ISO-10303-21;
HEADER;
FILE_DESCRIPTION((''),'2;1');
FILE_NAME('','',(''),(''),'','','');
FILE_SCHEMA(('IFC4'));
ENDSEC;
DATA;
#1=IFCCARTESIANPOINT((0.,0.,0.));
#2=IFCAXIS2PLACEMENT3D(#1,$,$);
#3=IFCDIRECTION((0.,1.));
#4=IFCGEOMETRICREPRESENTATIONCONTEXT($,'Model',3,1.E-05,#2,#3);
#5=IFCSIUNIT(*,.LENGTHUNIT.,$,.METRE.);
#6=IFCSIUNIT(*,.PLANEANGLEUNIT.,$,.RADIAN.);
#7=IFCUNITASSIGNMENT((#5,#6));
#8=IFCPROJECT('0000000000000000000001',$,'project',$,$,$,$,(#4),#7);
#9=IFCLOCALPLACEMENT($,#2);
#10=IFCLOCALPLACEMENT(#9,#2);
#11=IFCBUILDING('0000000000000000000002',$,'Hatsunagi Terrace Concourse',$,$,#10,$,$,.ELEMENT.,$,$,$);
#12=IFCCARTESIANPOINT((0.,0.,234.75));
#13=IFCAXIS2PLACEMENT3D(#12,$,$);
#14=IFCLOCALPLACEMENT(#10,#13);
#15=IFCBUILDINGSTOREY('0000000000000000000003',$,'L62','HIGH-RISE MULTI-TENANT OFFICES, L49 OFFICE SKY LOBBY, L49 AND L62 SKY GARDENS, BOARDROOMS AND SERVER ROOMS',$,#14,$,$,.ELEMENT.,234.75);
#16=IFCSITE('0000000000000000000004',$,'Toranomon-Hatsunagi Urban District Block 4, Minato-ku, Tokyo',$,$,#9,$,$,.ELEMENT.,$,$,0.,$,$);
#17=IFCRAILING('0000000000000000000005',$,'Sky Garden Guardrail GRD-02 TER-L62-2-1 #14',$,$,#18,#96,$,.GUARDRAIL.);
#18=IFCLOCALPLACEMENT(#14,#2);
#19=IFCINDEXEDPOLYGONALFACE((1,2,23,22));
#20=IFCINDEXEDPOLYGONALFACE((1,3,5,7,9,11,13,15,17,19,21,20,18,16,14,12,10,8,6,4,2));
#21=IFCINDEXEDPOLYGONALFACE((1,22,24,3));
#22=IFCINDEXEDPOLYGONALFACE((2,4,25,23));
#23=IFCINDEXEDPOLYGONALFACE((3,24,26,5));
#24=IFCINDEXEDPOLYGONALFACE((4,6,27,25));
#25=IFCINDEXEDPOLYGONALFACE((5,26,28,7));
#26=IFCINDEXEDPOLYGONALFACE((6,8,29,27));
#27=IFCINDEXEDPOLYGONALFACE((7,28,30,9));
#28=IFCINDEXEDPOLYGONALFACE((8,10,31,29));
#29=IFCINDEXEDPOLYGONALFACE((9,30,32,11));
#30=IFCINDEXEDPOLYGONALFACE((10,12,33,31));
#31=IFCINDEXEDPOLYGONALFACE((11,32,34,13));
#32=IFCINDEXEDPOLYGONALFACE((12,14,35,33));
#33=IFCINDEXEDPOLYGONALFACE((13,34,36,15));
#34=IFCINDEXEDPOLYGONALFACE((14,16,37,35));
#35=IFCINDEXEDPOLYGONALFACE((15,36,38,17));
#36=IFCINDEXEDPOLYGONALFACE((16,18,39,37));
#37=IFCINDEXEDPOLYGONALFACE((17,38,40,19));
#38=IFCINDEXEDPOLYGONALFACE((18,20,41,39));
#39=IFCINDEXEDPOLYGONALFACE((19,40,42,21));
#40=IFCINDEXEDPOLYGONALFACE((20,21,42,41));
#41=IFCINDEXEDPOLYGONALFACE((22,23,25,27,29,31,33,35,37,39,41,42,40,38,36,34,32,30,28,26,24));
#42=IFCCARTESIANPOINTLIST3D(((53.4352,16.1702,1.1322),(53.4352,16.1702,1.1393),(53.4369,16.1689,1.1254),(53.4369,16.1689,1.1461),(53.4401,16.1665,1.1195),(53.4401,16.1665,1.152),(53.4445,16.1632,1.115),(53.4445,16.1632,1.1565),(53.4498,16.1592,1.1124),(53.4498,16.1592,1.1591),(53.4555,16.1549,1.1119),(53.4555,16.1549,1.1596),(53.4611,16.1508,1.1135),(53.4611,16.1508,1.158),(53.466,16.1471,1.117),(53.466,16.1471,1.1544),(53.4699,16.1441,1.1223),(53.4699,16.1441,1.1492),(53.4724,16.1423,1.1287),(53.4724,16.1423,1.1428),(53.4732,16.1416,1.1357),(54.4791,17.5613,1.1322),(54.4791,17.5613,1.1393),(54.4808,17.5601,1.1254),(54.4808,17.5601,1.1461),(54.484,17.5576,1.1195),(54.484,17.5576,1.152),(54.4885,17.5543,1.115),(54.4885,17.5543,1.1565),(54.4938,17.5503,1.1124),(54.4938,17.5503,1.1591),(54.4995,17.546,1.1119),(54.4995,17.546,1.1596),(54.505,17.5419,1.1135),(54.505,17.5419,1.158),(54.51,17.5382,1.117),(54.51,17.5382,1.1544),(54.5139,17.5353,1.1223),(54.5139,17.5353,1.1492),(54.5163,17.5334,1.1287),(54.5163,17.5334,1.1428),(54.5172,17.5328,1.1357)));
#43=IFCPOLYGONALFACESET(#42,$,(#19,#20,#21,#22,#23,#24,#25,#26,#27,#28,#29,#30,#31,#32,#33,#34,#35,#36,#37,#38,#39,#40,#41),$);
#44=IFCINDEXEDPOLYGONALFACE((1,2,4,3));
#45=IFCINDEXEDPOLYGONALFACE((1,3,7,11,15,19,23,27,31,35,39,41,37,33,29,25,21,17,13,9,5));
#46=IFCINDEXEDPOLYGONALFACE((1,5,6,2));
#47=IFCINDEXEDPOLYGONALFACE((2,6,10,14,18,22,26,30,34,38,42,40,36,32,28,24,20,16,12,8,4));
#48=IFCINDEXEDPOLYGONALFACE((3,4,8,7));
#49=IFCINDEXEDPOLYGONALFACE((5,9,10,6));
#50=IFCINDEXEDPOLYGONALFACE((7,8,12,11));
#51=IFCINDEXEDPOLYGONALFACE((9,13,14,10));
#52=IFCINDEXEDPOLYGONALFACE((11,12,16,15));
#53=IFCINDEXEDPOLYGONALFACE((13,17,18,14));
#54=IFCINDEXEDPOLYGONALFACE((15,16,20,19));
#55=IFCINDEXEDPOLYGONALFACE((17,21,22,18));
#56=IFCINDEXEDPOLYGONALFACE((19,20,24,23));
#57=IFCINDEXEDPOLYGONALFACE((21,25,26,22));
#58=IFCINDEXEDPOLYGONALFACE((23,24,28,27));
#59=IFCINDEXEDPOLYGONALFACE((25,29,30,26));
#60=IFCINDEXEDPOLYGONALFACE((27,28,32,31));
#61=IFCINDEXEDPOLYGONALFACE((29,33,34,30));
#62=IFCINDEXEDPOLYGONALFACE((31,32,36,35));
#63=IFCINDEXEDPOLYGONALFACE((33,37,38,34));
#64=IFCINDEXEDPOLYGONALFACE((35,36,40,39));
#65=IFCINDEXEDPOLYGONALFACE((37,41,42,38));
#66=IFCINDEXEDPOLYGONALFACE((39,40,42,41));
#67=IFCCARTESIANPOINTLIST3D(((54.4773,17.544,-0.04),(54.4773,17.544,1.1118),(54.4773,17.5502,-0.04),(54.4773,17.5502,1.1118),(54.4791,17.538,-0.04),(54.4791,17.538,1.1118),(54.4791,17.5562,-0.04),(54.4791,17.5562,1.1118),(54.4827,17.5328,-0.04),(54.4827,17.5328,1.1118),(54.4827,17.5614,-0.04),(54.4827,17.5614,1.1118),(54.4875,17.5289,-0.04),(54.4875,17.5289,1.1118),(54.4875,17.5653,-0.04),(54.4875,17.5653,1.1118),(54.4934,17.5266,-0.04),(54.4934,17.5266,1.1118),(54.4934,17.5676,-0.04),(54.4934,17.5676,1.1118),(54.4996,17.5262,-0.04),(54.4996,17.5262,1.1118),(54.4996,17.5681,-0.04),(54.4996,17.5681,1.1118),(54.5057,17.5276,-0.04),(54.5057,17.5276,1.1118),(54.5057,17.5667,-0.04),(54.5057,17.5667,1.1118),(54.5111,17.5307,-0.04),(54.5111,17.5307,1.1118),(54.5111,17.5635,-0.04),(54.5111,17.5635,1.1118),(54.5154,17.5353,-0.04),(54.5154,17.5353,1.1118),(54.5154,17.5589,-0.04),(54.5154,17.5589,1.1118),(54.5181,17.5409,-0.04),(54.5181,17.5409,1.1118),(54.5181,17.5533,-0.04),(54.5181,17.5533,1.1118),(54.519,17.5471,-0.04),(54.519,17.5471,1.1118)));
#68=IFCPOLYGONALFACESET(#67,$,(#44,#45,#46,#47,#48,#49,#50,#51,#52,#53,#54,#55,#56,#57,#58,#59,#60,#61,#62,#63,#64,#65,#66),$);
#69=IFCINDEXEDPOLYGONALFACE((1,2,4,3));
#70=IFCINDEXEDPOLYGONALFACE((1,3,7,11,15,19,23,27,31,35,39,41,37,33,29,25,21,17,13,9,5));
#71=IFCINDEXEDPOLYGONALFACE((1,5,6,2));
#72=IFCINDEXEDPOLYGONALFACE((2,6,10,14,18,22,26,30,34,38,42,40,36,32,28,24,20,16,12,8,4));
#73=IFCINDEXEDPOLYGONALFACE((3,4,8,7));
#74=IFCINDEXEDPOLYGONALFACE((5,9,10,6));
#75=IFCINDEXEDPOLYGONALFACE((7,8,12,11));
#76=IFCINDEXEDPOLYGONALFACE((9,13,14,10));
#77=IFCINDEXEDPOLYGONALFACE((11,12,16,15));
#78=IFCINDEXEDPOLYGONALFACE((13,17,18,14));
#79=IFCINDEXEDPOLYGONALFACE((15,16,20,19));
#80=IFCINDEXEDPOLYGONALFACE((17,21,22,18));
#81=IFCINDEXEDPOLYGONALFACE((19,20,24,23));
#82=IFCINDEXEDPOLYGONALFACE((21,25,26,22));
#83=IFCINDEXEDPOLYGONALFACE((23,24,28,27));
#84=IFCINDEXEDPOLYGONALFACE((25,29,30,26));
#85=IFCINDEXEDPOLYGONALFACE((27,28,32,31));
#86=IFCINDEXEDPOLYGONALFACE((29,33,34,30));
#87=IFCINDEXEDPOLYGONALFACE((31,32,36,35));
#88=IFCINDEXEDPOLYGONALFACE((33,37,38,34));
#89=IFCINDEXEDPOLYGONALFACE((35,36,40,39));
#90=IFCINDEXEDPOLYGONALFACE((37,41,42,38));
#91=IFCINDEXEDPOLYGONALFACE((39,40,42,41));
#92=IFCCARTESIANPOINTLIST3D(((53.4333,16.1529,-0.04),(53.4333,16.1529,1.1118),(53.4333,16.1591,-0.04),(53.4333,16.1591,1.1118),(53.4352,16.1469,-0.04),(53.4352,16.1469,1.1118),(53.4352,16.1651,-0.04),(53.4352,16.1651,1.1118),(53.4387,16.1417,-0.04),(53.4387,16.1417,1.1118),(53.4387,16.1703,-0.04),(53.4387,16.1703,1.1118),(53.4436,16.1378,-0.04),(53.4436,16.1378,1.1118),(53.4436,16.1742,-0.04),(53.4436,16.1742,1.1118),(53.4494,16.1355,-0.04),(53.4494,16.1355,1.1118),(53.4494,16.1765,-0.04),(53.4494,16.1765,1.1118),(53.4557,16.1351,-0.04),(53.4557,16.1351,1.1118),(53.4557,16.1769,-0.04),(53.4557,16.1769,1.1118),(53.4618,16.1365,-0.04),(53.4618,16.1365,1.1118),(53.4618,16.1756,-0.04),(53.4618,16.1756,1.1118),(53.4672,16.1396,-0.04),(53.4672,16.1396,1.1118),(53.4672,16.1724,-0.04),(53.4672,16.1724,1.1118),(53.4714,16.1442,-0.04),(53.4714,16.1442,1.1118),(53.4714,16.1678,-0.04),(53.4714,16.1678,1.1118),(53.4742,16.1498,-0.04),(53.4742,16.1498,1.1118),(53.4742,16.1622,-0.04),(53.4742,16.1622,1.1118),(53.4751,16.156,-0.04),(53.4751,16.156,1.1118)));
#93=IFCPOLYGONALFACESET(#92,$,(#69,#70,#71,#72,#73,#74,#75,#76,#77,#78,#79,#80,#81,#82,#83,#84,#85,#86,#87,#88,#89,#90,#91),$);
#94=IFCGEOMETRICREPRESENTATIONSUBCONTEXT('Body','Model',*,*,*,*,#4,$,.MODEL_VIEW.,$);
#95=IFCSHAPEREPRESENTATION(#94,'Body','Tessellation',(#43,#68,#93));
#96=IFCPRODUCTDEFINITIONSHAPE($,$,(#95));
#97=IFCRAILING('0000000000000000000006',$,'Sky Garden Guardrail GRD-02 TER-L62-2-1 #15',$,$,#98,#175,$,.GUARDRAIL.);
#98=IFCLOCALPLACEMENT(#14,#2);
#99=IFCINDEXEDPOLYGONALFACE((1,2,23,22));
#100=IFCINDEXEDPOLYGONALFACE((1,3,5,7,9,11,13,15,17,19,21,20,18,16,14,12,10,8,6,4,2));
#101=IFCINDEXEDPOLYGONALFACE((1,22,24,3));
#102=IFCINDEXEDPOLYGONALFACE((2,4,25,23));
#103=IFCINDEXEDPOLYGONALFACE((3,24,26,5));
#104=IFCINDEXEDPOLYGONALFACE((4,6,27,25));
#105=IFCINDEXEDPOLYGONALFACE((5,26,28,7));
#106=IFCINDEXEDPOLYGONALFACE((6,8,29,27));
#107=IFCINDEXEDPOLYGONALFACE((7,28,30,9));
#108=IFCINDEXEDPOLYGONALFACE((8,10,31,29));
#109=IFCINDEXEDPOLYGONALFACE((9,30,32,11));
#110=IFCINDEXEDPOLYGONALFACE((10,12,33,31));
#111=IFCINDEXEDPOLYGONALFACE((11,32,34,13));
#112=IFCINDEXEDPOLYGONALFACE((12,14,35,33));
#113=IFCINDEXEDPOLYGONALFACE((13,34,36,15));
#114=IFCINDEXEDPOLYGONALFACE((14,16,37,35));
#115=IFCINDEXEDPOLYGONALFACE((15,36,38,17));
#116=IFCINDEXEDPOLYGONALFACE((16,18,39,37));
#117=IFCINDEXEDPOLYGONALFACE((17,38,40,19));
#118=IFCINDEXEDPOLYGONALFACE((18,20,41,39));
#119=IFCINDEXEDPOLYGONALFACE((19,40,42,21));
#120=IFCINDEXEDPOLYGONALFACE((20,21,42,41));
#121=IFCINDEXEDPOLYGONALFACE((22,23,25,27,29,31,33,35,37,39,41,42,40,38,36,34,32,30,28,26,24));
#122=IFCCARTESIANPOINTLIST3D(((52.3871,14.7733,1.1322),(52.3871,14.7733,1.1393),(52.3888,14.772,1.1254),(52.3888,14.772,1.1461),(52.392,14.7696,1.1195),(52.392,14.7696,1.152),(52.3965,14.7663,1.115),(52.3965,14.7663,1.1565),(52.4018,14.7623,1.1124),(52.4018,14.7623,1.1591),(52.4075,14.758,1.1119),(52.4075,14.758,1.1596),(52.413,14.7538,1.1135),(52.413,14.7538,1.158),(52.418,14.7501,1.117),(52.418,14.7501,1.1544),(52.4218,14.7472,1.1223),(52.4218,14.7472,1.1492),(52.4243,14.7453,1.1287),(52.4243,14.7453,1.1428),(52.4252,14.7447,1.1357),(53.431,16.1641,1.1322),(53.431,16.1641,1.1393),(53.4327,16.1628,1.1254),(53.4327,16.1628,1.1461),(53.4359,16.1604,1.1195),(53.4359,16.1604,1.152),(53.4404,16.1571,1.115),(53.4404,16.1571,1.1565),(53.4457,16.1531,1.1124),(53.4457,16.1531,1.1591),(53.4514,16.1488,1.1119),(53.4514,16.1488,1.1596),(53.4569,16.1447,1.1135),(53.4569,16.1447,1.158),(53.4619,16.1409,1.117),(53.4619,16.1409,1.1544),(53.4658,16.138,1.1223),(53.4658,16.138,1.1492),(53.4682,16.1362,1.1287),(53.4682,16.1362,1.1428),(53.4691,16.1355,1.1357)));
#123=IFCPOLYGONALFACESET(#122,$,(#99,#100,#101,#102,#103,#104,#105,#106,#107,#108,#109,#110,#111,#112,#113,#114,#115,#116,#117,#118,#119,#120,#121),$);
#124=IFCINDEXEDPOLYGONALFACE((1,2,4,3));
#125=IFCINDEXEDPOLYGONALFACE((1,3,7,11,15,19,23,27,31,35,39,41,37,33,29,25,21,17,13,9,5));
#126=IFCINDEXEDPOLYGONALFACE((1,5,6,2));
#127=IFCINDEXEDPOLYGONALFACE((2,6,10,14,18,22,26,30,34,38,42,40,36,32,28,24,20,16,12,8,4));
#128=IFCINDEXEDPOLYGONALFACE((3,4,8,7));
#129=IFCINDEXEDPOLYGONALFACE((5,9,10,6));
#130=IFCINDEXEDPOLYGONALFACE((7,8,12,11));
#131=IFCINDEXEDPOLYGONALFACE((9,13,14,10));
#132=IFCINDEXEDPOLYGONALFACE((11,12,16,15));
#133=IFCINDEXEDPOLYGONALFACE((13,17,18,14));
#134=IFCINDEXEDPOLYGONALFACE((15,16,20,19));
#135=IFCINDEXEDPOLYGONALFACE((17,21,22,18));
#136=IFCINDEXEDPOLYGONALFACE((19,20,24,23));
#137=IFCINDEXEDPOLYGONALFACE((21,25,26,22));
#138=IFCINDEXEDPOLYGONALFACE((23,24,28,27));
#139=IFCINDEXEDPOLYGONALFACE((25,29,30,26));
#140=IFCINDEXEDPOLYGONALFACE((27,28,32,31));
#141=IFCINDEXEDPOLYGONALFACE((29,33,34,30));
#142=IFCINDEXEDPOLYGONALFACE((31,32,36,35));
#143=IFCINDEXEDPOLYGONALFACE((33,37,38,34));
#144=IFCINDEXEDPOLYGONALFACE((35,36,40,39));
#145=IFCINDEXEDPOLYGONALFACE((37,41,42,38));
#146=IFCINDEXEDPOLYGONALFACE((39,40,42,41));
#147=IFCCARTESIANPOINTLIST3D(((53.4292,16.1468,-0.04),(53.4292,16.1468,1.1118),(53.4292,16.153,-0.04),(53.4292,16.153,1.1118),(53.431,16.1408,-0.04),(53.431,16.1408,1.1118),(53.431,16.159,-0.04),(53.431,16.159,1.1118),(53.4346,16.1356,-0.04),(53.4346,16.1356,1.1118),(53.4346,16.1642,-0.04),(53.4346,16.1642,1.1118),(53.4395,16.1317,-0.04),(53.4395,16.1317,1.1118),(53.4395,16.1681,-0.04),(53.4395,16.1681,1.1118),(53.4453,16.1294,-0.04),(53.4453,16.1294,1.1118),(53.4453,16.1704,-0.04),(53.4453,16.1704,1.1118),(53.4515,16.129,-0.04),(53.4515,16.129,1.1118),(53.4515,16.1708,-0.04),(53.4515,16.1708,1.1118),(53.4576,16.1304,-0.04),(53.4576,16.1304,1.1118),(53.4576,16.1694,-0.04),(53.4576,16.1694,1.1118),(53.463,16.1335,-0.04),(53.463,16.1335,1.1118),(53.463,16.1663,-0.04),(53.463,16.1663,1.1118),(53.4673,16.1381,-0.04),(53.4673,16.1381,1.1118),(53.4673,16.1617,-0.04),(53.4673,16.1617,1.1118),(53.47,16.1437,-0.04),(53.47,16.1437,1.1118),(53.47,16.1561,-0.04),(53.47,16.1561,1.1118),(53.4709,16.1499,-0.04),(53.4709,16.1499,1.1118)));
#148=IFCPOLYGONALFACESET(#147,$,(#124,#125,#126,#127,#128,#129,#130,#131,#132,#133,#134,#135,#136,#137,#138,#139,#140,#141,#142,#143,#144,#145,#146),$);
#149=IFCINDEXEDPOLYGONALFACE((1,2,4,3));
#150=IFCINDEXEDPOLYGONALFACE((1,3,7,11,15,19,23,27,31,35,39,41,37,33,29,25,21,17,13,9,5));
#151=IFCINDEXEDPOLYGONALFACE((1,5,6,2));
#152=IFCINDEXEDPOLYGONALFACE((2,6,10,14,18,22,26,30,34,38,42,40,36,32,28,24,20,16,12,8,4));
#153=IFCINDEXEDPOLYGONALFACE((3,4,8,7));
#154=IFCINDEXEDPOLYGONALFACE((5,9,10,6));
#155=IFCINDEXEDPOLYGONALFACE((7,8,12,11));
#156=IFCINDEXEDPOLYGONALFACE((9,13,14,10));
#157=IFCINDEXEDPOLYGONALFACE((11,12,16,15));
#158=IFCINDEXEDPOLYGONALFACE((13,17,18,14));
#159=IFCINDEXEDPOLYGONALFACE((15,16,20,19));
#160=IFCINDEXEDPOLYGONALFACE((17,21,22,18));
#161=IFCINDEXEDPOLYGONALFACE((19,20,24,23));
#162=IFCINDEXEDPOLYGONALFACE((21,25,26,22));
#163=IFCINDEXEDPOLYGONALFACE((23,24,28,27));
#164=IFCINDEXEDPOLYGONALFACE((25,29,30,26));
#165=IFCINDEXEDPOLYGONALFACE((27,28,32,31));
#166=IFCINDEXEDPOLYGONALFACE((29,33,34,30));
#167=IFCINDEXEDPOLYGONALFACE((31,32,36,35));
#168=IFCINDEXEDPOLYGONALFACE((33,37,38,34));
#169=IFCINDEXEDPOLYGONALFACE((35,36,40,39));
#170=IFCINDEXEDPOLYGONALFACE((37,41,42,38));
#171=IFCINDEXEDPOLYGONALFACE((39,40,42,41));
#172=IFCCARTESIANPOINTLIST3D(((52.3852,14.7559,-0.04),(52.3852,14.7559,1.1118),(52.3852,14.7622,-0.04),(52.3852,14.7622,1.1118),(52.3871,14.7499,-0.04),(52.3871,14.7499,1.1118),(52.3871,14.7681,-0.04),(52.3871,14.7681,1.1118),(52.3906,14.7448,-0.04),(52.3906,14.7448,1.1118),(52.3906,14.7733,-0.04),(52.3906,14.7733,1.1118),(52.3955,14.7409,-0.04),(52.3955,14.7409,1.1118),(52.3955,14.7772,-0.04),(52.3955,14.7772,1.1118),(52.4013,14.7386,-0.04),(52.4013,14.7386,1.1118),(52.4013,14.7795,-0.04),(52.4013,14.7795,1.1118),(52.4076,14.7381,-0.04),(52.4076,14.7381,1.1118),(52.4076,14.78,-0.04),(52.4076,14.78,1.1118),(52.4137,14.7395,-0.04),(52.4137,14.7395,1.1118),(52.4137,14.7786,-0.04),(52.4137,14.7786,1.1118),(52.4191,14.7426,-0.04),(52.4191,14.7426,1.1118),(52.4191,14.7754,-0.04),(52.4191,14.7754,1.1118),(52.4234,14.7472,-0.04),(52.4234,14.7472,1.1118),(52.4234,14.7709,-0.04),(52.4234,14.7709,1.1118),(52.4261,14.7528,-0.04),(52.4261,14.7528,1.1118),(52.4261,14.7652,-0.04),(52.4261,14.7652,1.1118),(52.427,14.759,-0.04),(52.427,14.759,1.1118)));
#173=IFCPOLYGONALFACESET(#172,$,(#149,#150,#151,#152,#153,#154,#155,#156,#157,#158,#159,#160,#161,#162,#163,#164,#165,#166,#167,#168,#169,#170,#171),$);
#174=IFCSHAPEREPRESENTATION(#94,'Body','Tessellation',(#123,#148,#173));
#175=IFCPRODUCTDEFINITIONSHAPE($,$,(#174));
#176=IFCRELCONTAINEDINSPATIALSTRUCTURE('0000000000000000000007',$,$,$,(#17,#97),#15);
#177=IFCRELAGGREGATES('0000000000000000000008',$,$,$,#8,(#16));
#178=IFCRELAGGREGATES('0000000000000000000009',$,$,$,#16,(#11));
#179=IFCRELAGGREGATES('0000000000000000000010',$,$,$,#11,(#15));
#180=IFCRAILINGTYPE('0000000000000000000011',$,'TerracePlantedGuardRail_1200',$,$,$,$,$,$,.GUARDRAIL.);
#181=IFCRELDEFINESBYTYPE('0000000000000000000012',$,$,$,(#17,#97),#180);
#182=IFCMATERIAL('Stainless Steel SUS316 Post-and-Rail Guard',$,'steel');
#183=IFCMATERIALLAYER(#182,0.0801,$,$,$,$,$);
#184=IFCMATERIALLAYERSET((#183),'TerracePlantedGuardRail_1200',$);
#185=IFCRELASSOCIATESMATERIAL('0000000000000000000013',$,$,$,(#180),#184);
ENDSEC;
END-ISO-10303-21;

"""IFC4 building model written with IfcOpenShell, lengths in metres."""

from ifc_helpers import new_model, si_unit, direction, frame, origin, origin_2d, place, context, subcontext, project, spatial, circle, extrude, material, layer, layer_set, type_object, element, save


model = new_model("IFC4")

# Units and contexts
model_context = context("Model", 3, precision=1e-05, world=origin(), true_north=direction((0.0, 1.0)))
body_context = subcontext(model_context, "Body", "Model", "MODEL_VIEW")
ifc_project = project(units=[si_unit("LENGTHUNIT", "METRE"), si_unit("PLANEANGLEUNIT", "RADIAN")], contexts=[model_context])

# Site, building, storey
site_placement = place(None, origin())
site = spatial("IfcSite", under=ifc_project, at=site_placement, Name="Toranomon-Hatsunagi Urban District Block 4, Minato-ku, Tokyo", CompositionType="ELEMENT", RefElevation=0.0)
building_placement = place(site_placement, origin())
building = spatial("IfcBuilding", under=site, at=building_placement, Name="Hatsunagi Terrace Concourse", CompositionType="ELEMENT")
storey_placement = place(building_placement, frame((0.0, 0.0, 234.75)))
storey = spatial("IfcBuildingStorey", under=building, at=storey_placement, Name="L62", Description="HIGH-RISE MULTI-TENANT OFFICES, L49 OFFICE SKY LOBBY, L49 AND L62 SKY GARDENS, BOARDROOMS AND SERVER ROOMS", CompositionType="ELEMENT", Elevation=234.75)

# Railings
ifc_material_1 = material(Name="Stainless Steel SUS316 Post-and-Rail Guard", Category="steel")
ifc_layer_1 = layer(ifc_material_1, 0.0801)
ifc_layer_set_1 = layer_set([ifc_layer_1], Name="TerracePlantedGuardRail_1200")
railing_type = type_object("IfcRailingType", Name="TerracePlantedGuardRail_1200", PredefinedType="GUARDRAIL", material=ifc_layer_set_1)
for number, where, name in (
    (1, (54.498, 17.5471, -0.04), "Sky Garden Guardrail GRD-02 TER-L62-2-1 #14"),
):
    element("IfcRailing", number, at=place(storey_placement, frame(where)), inside=storey, type_object=railing_type, Name=name, PredefinedType="GUARDRAIL", context=body_context, shape_type="SweptSolid", body=[
        extrude(circle(Radius=0.0239, at=origin_2d()), frame((0.0, 0.0, 1.1758), z_axis=(-0.600225, -0.799832, 0.0), x_axis=(0.799832, -0.600225, 0.0)), (0.0, 0.0, 1.0), 1.7393),
        extrude(circle(Radius=0.021, at=origin_2d()), origin(), (0.0, 0.0, 1.0), 1.1519),
        extrude(circle(Radius=0.021, at=origin_2d()), frame((-1.0439, -1.3911, 0.0)), (0.0, 0.0, 1.0), 1.1519),
    ])
railing_1_placement = place(storey_placement, frame((53.45, 16.1499, -0.04)))
element("IfcRailing", 2, at=railing_1_placement, inside=storey, type_object=railing_type, Name="Sky Garden Guardrail GRD-02 TER-L62-2-1 #15", PredefinedType="GUARDRAIL", context=body_context, shape_type="SweptSolid", body=[
    extrude(circle(Radius=0.0239, at=origin_2d()), frame((0.0, 0.0, 1.1758), z_axis=(-0.600292, -0.799781, 0.0), x_axis=(0.799781, -0.600292, 0.0)), (0.0, 0.0, 1.0), 1.739),
    extrude(circle(Radius=0.021, at=origin_2d()), origin(), (0.0, 0.0, 1.0), 1.1519),
    extrude(circle(Radius=0.021, at=origin_2d()), frame((-1.0439, -1.3909, 0.0)), (0.0, 0.0, 1.0), 1.1519),
])

save(model, "model.ifc")
